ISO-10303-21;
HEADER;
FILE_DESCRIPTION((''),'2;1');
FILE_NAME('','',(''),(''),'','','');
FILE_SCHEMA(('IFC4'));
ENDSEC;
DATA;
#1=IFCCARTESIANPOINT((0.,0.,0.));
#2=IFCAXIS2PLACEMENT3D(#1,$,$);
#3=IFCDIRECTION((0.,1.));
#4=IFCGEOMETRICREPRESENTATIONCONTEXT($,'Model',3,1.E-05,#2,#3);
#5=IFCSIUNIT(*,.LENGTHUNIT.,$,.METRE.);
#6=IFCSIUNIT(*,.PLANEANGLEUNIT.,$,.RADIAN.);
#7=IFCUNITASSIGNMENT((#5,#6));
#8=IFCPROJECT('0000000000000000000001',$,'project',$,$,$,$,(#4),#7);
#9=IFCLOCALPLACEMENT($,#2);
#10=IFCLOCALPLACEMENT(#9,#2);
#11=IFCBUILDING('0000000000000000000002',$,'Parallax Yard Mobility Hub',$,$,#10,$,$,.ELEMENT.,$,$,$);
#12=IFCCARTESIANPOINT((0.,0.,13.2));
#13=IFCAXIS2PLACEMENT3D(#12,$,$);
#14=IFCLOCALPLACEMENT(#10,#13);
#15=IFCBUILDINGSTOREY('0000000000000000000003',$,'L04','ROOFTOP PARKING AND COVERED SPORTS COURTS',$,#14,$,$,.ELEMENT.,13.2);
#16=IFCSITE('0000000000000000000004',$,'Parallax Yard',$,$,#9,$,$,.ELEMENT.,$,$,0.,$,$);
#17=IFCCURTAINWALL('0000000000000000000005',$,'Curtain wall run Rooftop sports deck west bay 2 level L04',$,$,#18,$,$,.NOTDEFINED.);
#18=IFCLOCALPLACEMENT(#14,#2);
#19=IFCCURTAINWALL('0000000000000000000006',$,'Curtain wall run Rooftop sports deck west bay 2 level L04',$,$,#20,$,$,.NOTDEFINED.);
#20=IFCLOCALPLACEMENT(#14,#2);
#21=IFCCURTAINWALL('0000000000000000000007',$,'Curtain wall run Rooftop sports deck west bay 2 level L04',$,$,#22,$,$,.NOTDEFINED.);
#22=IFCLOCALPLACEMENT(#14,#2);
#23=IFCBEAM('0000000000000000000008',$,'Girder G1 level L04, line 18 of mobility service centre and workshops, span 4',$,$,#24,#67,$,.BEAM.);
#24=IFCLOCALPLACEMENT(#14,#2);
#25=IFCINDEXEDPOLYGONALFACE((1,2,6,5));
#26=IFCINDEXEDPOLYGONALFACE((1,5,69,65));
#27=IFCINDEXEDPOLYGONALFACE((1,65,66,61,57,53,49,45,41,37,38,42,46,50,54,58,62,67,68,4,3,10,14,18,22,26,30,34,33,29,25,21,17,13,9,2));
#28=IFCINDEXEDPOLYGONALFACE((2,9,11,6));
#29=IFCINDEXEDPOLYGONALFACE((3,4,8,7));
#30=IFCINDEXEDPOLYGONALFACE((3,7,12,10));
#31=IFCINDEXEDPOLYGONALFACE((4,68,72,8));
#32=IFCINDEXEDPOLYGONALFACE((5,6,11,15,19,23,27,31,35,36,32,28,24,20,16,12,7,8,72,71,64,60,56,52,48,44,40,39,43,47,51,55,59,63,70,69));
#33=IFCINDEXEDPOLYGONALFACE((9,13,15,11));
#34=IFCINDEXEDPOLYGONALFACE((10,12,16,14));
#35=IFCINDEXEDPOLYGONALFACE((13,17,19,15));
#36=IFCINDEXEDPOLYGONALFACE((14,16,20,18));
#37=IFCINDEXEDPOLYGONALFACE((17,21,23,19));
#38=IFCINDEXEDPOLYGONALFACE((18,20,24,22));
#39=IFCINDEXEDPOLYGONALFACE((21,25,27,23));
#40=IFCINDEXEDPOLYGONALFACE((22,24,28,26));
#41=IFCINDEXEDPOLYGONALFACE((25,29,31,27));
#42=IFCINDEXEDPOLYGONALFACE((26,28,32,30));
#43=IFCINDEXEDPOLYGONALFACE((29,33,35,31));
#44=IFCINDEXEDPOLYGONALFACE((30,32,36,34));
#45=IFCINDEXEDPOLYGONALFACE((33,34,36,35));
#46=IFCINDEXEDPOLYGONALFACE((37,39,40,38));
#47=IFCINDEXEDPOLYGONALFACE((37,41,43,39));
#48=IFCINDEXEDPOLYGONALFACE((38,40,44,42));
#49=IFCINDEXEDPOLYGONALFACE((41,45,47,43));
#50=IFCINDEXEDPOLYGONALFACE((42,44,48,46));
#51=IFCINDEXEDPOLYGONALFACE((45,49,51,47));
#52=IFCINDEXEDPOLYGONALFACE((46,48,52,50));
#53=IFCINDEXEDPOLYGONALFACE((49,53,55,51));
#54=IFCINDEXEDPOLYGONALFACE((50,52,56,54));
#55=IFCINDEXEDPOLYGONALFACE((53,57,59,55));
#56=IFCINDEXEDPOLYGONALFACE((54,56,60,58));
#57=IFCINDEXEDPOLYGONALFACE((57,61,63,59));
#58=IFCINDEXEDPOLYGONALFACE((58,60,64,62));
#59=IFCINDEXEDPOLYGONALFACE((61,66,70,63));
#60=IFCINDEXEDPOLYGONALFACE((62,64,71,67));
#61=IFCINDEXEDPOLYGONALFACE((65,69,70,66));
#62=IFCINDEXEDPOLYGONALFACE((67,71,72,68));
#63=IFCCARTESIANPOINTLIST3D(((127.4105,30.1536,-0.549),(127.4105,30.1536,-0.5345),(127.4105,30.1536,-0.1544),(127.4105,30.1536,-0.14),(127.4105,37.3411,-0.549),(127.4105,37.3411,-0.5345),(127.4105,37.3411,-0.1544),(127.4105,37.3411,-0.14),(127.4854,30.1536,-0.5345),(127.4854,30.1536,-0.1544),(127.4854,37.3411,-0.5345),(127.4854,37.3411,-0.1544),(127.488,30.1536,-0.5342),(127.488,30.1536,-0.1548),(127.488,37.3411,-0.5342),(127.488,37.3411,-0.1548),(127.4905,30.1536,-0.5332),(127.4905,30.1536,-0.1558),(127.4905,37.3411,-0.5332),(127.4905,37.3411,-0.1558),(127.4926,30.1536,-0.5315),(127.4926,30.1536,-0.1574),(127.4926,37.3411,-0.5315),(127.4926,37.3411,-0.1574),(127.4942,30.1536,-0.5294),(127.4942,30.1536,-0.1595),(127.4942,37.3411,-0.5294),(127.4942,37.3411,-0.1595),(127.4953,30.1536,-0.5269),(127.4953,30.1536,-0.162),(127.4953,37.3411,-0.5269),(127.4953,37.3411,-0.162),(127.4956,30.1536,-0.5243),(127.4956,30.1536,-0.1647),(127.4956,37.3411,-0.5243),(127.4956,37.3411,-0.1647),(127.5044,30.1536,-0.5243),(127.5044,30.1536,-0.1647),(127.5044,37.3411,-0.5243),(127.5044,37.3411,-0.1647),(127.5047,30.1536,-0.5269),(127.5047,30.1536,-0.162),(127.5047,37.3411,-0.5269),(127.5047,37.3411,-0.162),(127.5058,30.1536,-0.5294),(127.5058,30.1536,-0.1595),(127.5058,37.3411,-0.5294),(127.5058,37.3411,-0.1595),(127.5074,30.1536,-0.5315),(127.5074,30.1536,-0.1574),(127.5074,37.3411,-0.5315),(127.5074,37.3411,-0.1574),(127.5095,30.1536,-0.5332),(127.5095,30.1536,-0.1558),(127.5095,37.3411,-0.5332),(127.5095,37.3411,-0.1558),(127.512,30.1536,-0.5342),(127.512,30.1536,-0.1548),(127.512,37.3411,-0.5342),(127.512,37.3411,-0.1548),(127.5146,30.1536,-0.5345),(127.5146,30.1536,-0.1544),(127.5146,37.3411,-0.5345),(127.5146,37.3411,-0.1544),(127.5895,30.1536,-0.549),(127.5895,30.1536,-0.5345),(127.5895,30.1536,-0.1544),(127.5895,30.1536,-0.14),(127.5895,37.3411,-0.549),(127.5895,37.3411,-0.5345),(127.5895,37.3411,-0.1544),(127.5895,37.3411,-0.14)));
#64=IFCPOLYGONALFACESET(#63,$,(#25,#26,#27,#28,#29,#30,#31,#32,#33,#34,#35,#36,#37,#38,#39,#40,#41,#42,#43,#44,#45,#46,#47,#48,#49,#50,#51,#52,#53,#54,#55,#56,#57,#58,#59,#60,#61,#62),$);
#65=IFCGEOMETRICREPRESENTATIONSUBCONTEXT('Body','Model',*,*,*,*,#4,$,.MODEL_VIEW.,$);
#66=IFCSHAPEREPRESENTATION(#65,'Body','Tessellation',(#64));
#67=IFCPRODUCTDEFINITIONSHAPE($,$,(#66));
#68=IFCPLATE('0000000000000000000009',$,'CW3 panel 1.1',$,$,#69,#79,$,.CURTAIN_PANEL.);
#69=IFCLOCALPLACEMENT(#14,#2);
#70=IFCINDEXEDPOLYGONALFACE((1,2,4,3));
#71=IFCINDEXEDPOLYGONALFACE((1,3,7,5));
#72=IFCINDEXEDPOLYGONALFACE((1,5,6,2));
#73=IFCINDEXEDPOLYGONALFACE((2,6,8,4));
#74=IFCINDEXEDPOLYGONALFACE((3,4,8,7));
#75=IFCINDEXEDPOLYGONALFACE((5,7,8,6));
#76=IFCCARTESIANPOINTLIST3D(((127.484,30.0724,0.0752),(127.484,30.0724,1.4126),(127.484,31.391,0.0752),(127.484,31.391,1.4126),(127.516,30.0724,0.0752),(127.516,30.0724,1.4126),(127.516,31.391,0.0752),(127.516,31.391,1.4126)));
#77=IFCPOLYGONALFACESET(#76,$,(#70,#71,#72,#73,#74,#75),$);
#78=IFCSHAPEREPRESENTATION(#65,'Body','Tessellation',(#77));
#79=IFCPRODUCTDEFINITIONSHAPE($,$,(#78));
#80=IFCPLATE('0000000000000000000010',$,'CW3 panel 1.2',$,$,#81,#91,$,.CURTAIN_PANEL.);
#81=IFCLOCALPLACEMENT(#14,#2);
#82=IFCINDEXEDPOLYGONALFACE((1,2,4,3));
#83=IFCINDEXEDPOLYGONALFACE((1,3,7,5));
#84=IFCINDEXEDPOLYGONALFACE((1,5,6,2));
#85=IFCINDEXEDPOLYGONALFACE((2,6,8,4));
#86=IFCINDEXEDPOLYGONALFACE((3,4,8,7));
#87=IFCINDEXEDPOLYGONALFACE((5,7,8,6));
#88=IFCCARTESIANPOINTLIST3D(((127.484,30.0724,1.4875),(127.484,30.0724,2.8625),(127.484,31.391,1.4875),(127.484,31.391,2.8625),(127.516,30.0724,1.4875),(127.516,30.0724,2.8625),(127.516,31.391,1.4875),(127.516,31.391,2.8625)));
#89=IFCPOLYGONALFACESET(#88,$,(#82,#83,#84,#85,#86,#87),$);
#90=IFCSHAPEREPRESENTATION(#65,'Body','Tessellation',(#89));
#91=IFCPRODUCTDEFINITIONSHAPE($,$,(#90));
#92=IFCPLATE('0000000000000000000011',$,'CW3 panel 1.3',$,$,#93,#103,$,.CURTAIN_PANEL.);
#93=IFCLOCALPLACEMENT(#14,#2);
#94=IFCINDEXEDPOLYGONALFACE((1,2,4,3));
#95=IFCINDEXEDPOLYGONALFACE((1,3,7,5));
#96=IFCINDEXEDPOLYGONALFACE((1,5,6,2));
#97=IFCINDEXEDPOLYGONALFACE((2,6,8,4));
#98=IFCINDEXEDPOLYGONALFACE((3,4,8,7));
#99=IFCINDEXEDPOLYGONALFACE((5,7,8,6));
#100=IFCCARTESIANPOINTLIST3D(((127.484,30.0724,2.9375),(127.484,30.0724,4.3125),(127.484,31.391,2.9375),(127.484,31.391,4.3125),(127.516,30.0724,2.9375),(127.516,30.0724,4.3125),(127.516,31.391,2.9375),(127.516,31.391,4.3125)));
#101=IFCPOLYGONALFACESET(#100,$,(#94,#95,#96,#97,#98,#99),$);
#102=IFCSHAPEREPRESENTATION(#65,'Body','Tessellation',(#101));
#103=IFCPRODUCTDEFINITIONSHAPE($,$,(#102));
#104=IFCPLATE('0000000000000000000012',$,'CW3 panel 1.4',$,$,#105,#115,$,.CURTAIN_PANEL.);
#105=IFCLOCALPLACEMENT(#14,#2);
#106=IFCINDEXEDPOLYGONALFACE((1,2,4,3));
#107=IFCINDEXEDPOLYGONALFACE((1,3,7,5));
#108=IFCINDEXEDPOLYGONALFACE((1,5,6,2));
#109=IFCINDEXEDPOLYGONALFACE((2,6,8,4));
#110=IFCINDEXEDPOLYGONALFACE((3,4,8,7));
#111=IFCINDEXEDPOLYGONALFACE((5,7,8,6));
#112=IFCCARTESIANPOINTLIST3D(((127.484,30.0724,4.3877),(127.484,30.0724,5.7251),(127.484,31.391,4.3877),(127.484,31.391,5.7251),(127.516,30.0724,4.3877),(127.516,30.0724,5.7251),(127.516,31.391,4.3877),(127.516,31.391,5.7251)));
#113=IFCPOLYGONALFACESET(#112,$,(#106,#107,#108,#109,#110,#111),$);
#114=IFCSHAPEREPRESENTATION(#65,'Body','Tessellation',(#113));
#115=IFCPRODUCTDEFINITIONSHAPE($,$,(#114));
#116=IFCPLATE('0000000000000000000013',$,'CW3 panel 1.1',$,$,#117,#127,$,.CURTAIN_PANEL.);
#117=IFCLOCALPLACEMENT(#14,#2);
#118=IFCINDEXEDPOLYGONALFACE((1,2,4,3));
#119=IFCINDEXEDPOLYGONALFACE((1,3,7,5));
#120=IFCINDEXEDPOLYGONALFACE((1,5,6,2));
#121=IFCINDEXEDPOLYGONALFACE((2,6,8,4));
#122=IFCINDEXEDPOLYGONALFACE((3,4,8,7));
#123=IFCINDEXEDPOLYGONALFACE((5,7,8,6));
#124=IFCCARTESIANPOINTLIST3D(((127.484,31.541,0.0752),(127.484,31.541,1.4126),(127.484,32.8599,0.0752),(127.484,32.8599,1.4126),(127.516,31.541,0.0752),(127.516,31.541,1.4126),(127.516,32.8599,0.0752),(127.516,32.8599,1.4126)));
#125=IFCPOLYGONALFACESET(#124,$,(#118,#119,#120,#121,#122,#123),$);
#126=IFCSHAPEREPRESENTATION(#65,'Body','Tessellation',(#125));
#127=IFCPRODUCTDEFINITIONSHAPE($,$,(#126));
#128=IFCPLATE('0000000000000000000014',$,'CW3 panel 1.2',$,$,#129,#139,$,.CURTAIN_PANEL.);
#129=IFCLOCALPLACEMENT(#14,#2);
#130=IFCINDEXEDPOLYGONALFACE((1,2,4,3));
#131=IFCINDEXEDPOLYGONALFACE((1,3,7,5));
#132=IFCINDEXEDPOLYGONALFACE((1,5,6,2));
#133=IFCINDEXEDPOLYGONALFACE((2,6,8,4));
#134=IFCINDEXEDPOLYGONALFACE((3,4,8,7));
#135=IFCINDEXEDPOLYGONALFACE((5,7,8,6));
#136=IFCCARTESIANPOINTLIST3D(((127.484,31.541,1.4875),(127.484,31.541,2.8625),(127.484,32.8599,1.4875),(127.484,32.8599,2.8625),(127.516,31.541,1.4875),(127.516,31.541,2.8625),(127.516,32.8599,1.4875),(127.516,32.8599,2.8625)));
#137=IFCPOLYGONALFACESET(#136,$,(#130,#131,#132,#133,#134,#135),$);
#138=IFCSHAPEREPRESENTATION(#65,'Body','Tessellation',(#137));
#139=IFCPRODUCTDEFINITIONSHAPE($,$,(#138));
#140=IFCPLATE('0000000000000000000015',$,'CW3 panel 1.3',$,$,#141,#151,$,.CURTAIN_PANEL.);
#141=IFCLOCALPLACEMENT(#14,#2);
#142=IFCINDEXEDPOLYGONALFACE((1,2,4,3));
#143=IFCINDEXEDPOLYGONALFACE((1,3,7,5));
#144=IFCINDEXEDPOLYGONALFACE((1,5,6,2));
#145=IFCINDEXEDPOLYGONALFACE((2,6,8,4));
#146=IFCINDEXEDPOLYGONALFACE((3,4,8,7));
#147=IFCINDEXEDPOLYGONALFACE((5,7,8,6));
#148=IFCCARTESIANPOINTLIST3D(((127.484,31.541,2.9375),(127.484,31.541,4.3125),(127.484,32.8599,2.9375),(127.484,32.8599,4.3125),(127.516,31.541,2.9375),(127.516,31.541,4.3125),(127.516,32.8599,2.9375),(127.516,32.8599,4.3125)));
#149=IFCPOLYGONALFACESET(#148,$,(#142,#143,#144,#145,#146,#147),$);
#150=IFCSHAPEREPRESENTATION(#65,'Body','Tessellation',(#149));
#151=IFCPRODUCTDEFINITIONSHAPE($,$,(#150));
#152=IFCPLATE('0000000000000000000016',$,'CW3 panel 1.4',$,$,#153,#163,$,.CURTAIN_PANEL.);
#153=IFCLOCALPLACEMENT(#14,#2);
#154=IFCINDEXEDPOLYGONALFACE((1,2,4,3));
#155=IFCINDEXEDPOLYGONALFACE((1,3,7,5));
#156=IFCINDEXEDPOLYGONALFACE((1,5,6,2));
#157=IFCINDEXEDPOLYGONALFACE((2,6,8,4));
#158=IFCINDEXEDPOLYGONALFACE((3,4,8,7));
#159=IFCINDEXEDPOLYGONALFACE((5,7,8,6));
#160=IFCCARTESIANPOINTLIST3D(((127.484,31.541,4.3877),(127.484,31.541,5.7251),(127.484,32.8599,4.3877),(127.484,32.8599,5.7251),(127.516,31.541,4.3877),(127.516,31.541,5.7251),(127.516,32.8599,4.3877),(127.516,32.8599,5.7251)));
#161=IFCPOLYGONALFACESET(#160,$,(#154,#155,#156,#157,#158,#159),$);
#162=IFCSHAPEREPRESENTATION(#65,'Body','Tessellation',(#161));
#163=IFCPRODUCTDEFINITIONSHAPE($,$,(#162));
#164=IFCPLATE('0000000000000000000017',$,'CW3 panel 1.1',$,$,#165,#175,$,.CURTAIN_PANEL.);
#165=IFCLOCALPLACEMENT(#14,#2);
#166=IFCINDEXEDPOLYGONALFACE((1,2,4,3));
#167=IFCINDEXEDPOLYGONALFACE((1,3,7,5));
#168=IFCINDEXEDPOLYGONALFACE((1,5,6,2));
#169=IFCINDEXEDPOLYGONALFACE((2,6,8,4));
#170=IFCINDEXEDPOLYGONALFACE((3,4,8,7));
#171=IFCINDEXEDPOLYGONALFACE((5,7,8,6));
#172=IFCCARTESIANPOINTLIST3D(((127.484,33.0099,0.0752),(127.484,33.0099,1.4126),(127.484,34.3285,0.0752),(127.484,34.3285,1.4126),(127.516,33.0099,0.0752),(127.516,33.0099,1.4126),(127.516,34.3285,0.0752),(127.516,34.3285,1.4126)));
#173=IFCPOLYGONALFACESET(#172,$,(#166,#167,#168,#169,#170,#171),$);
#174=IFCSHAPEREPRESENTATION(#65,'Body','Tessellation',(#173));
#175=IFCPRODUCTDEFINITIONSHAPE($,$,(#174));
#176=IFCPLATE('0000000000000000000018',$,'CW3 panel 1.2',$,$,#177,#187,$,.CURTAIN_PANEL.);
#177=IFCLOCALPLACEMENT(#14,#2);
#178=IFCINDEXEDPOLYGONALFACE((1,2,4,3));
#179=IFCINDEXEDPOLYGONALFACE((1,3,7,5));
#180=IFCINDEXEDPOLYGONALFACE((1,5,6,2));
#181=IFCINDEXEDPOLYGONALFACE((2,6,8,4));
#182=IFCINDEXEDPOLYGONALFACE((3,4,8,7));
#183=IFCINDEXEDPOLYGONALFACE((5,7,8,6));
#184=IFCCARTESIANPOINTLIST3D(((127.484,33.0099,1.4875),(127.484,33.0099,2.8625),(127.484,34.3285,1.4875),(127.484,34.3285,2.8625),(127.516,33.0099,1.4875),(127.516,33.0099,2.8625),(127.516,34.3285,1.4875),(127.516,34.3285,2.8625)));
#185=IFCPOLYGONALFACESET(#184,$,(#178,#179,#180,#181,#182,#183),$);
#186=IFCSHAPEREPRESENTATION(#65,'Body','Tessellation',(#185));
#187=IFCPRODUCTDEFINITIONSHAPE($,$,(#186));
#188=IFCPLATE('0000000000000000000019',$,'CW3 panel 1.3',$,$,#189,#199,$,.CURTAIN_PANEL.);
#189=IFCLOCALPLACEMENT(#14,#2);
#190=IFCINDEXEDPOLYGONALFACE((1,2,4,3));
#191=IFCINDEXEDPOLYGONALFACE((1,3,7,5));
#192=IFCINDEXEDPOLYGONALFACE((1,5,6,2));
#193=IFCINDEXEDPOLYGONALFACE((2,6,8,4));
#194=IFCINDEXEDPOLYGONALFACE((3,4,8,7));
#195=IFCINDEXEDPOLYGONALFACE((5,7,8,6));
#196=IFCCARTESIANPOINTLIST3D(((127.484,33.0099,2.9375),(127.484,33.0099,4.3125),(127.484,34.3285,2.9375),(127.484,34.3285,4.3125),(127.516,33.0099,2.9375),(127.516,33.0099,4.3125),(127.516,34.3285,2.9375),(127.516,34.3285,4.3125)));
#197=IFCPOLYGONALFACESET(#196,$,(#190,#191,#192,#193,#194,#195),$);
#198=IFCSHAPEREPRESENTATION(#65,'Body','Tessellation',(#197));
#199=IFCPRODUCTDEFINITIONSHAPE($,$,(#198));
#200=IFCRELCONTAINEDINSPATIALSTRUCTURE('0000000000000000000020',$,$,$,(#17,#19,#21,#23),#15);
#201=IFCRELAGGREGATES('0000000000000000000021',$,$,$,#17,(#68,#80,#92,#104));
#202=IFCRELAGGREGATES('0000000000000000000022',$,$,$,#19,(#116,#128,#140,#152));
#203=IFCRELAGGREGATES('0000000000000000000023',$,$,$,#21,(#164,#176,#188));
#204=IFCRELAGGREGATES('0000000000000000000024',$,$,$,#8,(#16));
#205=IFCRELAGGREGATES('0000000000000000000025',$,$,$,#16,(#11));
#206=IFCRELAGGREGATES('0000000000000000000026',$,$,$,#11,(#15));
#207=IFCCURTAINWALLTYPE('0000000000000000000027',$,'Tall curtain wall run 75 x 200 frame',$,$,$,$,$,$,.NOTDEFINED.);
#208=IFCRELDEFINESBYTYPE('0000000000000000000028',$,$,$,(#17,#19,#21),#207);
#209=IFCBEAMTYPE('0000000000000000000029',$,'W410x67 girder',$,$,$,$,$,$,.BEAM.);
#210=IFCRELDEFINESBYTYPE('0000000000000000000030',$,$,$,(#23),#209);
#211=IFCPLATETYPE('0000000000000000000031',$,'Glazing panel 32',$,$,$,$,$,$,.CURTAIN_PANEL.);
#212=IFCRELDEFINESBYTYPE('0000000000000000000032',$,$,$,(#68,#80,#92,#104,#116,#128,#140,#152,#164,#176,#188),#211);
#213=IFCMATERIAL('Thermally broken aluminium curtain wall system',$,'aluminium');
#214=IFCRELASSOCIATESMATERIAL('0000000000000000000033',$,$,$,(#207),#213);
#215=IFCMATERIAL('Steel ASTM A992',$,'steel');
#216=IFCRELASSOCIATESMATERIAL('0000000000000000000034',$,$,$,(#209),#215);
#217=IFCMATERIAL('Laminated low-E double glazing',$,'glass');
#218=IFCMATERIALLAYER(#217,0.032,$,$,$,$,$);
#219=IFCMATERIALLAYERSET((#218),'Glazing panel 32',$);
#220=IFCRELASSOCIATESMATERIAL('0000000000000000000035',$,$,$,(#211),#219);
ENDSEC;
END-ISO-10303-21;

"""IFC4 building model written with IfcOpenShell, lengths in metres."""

from ifc_helpers import new_model, si_unit, direction, frame, origin, origin_2d, place, context, subcontext, project, spatial, rectangle, i_section, extrude, material, layer, layer_set, material_profile, profile_set, type_object, element, aggregate, save


model = new_model("IFC4")

# Units and contexts
model_context = context("Model", 3, precision=1e-05, world=origin(), true_north=direction((0.0, 1.0)))
body_context = subcontext(model_context, "Body", "Model", "MODEL_VIEW")
ifc_project = project(units=[si_unit("LENGTHUNIT", "METRE"), si_unit("PLANEANGLEUNIT", "RADIAN")], contexts=[model_context])

# Site, building, storey
site_placement = place(None, origin())
site = spatial("IfcSite", under=ifc_project, at=site_placement, Name="Parallax Yard", CompositionType="ELEMENT", RefElevation=0.0)
building_placement = place(site_placement, origin())
building = spatial("IfcBuilding", under=site, at=building_placement, Name="Parallax Yard Mobility Hub", CompositionType="ELEMENT")
storey_placement = place(building_placement, frame((0.0, 0.0, 13.2)))
storey = spatial("IfcBuildingStorey", under=building, at=storey_placement, Name="L04", Description="ROOFTOP PARKING AND COVERED SPORTS COURTS", CompositionType="ELEMENT", Elevation=13.2)

# Curtain wall
ifc_material_1 = material(Name="Thermally broken aluminium curtain wall system", Category="aluminium")
curtain_wall_type = type_object("IfcCurtainWallType", Name="Tall curtain wall run 75 x 200 frame", PredefinedType="NOTDEFINED", material=ifc_material_1)
curtain_wall_1_placement = place(storey_placement, origin())
curtain_wall_1 = element("IfcCurtainWall", 1, at=curtain_wall_1_placement, inside=storey, type_object=curtain_wall_type, Name="Curtain wall run Rooftop sports deck west bay 2 level L04", PredefinedType="NOTDEFINED")

# Curtain walls
curtain_wall_2_placement = place(storey_placement, origin())
curtain_wall_2 = element("IfcCurtainWall", 2, at=curtain_wall_2_placement, inside=storey, type_object=curtain_wall_type, Name="Curtain wall run Rooftop sports deck west bay 2 level L04", PredefinedType="NOTDEFINED")
curtain_wall_3_placement = place(storey_placement, origin())
curtain_wall_3 = element("IfcCurtainWall", 3, at=curtain_wall_3_placement, inside=storey, type_object=curtain_wall_type, Name="Curtain wall run Rooftop sports deck west bay 2 level L04", PredefinedType="NOTDEFINED")

# Beam
ifc_material_2 = material(Name="Steel ASTM A992", Category="steel")
ifc_material_profile_1 = material_profile(ifc_material_2, i_section(OverallWidth=0.179, OverallDepth=0.4089, WebThickness=0.0088, FlangeThickness=0.0144, FilletRadius=0.0103, at=origin_2d()), Name="W410x67")
ifc_profile_set_1 = profile_set([ifc_material_profile_1], Name="Steel ASTM A992")
beam_type_1 = type_object("IfcBeamType", Name="W410x67 girder", PredefinedType="BEAM", material=ifc_profile_set_1)
beam_1_placement = place(storey_placement, frame((127.5, 30.1536, -0.3445), z_axis=(0.0, 1.0, 0.0), x_axis=(-1.0, 0.0, 0.0)))
element("IfcBeam", 4, at=beam_1_placement, inside=storey, type_object=beam_type_1, Name="Girder G1 level L04, line 18 of mobility service centre and workshops, span 4", PredefinedType="BEAM", context=body_context, shape_type="SweptSolid", body=[
    extrude(i_section(OverallWidth=0.179, OverallDepth=0.4089, WebThickness=0.0088, FlangeThickness=0.0144, FilletRadius=0.0103, at=origin_2d()), origin(), (0.0, 0.0, 1.0), 7.1875),
])

# Plates
ifc_material_3 = material(Name="Laminated low-E double glazing", Category="glass")
ifc_layer_1 = layer(ifc_material_3, 0.032)
ifc_layer_set_1 = layer_set([ifc_layer_1], Name="Glazing panel 32")
plate_type = type_object("IfcPlateType", Name="Glazing panel 32", PredefinedType="CURTAIN_PANEL", material=ifc_layer_set_1)
plate_1_placement = place(storey_placement, frame((127.5, 30.7317, 0.0752), z_axis=(0.0, 0.0, 1.0), x_axis=(0.0, 1.0, 0.0)))
plate_1 = element("IfcPlate", 5, at=plate_1_placement, type_object=plate_type, Name="CW3 panel 1.1", PredefinedType="CURTAIN_PANEL", context=body_context, shape_type="SweptSolid", body=[
    extrude(rectangle(XDim=1.3186, YDim=0.032, at=origin_2d()), origin(), (0.0, 0.0, 1.0), 1.3374),
])
plate_2_placement = place(storey_placement, frame((127.5, 30.7317, 1.4875), z_axis=(0.0, 0.0, 1.0), x_axis=(0.0, 1.0, 0.0)))
plate_2 = element("IfcPlate", 6, at=plate_2_placement, type_object=plate_type, Name="CW3 panel 1.2", PredefinedType="CURTAIN_PANEL", context=body_context, shape_type="SweptSolid", body=[
    extrude(rectangle(XDim=1.3186, YDim=0.032, at=origin_2d()), origin(), (0.0, 0.0, 1.0), 1.375),
])
plate_3_placement = place(storey_placement, frame((127.5, 30.7317, 2.9375), z_axis=(0.0, 0.0, 1.0), x_axis=(0.0, 1.0, 0.0)))
plate_3 = element("IfcPlate", 7, at=plate_3_placement, type_object=plate_type, Name="CW3 panel 1.3", PredefinedType="CURTAIN_PANEL", context=body_context, shape_type="SweptSolid", body=[
    extrude(rectangle(XDim=1.3186, YDim=0.032, at=origin_2d()), origin(), (0.0, 0.0, 1.0), 1.375),
])
plate_4_placement = place(storey_placement, frame((127.5, 30.7317, 4.3877), z_axis=(0.0, 0.0, 1.0), x_axis=(0.0, 1.0, 0.0)))
plate_4 = element("IfcPlate", 8, at=plate_4_placement, type_object=plate_type, Name="CW3 panel 1.4", PredefinedType="CURTAIN_PANEL", context=body_context, shape_type="SweptSolid", body=[
    extrude(rectangle(XDim=1.3186, YDim=0.032, at=origin_2d()), origin(), (0.0, 0.0, 1.0), 1.3374),
])
aggregate(curtain_wall_1, [plate_1, plate_2, plate_3, plate_4])
plate_5_placement = place(storey_placement, frame((127.5, 32.2004, 0.0752), z_axis=(0.0, 0.0, 1.0), x_axis=(0.0, 1.0, 0.0)))
plate_5 = element("IfcPlate", 9, at=plate_5_placement, type_object=plate_type, Name="CW3 panel 1.1", PredefinedType="CURTAIN_PANEL", context=body_context, shape_type="SweptSolid", body=[
    extrude(rectangle(XDim=1.3188, YDim=0.032, at=origin_2d()), origin(), (0.0, 0.0, 1.0), 1.3374),
])
plate_6_placement = place(storey_placement, frame((127.5, 32.2004, 1.4875), z_axis=(0.0, 0.0, 1.0), x_axis=(0.0, 1.0, 0.0)))
plate_6 = element("IfcPlate", 10, at=plate_6_placement, type_object=plate_type, Name="CW3 panel 1.2", PredefinedType="CURTAIN_PANEL", context=body_context, shape_type="SweptSolid", body=[
    extrude(rectangle(XDim=1.3188, YDim=0.032, at=origin_2d()), origin(), (0.0, 0.0, 1.0), 1.375),
])
plate_7_placement = place(storey_placement, frame((127.5, 32.2004, 2.9375), z_axis=(0.0, 0.0, 1.0), x_axis=(0.0, 1.0, 0.0)))
plate_7 = element("IfcPlate", 11, at=plate_7_placement, type_object=plate_type, Name="CW3 panel 1.3", PredefinedType="CURTAIN_PANEL", context=body_context, shape_type="SweptSolid", body=[
    extrude(rectangle(XDim=1.3188, YDim=0.032, at=origin_2d()), origin(), (0.0, 0.0, 1.0), 1.375),
])
plate_8_placement = place(storey_placement, frame((127.5, 32.2004, 4.3877), z_axis=(0.0, 0.0, 1.0), x_axis=(0.0, 1.0, 0.0)))
plate_8 = element("IfcPlate", 12, at=plate_8_placement, type_object=plate_type, Name="CW3 panel 1.4", PredefinedType="CURTAIN_PANEL", context=body_context, shape_type="SweptSolid", body=[
    extrude(rectangle(XDim=1.3188, YDim=0.032, at=origin_2d()), origin(), (0.0, 0.0, 1.0), 1.3374),
])
aggregate(curtain_wall_2, [plate_5, plate_6, plate_7, plate_8])
plate_9_placement = place(storey_placement, frame((127.5, 33.6692, 0.0752), z_axis=(0.0, 0.0, 1.0), x_axis=(0.0, 1.0, 0.0)))
plate_9 = element("IfcPlate", 13, at=plate_9_placement, type_object=plate_type, Name="CW3 panel 1.1", PredefinedType="CURTAIN_PANEL", context=body_context, shape_type="SweptSolid", body=[
    extrude(rectangle(XDim=1.3186, YDim=0.032, at=origin_2d()), origin(), (0.0, 0.0, 1.0), 1.3374),
])
plate_10_placement = place(storey_placement, frame((127.5, 33.6692, 1.4875), z_axis=(0.0, 0.0, 1.0), x_axis=(0.0, 1.0, 0.0)))
plate_10 = element("IfcPlate", 14, at=plate_10_placement, type_object=plate_type, Name="CW3 panel 1.2", PredefinedType="CURTAIN_PANEL", context=body_context, shape_type="SweptSolid", body=[
    extrude(rectangle(XDim=1.3186, YDim=0.032, at=origin_2d()), origin(), (0.0, 0.0, 1.0), 1.375),
])
plate_11_placement = place(storey_placement, frame((127.5, 33.6692, 2.9375), z_axis=(0.0, 0.0, 1.0), x_axis=(0.0, 1.0, 0.0)))
plate_11 = element("IfcPlate", 15, at=plate_11_placement, type_object=plate_type, Name="CW3 panel 1.3", PredefinedType="CURTAIN_PANEL", context=body_context, shape_type="SweptSolid", body=[
    extrude(rectangle(XDim=1.3186, YDim=0.032, at=origin_2d()), origin(), (0.0, 0.0, 1.0), 1.375),
])
aggregate(curtain_wall_3, [plate_9, plate_10, plate_11])

save(model, "model.ifc")
